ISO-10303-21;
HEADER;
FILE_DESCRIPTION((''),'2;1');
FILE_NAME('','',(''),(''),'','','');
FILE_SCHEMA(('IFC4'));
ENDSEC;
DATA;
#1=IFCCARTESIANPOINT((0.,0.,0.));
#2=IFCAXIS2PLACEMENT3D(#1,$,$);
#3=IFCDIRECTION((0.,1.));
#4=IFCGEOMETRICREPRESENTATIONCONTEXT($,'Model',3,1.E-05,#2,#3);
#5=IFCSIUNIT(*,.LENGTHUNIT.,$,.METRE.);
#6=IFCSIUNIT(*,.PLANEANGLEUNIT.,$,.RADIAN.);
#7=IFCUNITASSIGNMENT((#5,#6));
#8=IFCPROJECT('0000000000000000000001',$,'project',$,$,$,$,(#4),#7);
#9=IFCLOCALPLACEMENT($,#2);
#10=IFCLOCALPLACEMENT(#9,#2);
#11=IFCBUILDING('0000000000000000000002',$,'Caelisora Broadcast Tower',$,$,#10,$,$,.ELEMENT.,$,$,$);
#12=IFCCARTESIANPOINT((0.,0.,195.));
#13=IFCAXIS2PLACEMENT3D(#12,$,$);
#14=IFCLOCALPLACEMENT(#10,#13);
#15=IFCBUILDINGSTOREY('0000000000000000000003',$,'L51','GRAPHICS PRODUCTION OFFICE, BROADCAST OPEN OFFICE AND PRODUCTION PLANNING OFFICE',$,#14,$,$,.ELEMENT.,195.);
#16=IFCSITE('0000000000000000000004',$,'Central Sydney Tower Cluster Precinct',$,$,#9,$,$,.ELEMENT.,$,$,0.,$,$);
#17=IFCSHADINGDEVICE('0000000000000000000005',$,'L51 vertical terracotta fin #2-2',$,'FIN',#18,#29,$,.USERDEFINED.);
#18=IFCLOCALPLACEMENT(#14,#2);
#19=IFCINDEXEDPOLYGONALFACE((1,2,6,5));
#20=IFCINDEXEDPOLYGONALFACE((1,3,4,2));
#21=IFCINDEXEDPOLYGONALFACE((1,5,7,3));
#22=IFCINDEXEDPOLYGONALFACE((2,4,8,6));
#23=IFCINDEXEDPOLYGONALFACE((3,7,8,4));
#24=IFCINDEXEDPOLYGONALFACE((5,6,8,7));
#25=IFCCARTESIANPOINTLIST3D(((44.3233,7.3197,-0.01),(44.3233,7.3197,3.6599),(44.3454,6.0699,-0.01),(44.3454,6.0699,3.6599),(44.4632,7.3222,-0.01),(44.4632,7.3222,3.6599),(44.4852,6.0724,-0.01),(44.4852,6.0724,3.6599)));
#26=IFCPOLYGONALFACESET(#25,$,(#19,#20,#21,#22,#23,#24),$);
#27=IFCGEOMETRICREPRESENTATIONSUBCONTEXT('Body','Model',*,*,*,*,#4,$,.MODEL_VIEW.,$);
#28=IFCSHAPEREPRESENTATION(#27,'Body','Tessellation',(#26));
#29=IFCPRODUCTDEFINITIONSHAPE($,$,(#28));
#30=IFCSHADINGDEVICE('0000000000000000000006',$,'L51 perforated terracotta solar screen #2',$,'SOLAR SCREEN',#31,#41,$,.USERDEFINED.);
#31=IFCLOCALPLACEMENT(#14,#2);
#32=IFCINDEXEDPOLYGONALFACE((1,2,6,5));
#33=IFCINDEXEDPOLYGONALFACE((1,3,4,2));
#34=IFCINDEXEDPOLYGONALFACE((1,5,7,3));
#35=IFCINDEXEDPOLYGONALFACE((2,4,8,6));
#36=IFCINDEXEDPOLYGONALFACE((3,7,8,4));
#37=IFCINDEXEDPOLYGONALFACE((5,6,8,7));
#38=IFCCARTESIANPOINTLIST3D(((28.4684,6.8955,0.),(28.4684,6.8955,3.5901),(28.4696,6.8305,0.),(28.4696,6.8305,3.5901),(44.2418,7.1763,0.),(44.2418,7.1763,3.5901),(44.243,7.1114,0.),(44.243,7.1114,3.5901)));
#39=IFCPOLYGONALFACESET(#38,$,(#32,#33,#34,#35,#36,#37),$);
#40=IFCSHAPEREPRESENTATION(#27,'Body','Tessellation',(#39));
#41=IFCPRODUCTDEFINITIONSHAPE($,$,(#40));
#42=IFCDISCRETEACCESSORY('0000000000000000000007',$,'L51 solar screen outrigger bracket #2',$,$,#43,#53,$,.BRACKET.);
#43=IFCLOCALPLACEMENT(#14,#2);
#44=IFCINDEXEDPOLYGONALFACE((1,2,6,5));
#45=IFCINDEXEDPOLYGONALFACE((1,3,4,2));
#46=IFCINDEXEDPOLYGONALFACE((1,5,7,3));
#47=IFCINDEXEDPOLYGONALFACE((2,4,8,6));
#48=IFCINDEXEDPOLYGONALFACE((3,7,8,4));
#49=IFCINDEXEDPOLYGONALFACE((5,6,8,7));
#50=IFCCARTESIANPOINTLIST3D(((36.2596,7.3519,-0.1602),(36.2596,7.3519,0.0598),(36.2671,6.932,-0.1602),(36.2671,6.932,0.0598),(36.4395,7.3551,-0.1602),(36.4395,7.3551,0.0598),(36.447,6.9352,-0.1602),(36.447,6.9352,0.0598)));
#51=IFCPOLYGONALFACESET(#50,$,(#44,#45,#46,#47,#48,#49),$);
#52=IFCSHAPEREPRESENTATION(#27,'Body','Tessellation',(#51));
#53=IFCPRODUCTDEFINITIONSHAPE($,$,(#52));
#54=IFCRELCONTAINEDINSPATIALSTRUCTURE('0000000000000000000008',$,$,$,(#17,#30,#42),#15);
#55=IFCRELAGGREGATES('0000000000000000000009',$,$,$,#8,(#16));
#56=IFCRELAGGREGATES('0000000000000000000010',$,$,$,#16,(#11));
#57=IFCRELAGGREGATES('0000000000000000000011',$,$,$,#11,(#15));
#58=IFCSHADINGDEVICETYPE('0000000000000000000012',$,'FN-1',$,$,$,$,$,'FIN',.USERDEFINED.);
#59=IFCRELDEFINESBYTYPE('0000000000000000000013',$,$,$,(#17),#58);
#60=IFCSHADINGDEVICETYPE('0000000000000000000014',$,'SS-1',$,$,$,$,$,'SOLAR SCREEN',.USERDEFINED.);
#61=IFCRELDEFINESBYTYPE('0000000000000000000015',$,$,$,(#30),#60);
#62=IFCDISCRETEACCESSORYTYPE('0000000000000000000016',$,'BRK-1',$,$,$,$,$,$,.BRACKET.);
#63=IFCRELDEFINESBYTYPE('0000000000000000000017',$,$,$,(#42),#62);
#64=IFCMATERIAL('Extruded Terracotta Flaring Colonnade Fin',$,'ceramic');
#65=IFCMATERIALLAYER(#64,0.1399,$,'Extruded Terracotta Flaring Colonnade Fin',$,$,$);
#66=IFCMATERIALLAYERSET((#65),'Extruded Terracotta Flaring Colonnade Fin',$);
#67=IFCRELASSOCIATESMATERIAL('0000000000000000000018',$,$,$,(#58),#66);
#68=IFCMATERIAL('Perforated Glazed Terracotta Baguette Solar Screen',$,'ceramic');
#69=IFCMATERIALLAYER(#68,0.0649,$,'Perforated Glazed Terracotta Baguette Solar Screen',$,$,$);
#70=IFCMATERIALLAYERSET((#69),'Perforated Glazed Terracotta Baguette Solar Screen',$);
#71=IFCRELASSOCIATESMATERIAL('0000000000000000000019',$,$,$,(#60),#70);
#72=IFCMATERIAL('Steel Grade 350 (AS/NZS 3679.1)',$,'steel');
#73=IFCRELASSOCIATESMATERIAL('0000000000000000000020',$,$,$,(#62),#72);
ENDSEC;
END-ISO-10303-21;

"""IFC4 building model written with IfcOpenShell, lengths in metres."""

from ifc_helpers import new_model, si_unit, direction, frame, origin, origin_2d, place, context, subcontext, project, spatial, rectangle, extrude, source, transform, mapped, material, layer, layer_set, type_object, type_shapes, element, save


model = new_model("IFC4")

# Units and contexts
model_context = context("Model", 3, precision=1e-05, world=origin(), true_north=direction((0.0, 1.0)))
body_context = subcontext(model_context, "Body", "Model", "MODEL_VIEW")
ifc_project = project(units=[si_unit("LENGTHUNIT", "METRE"), si_unit("PLANEANGLEUNIT", "RADIAN")], contexts=[model_context])

# Site, building, storey
site_placement = place(None, origin())
site = spatial("IfcSite", under=ifc_project, at=site_placement, Name="Central Sydney Tower Cluster Precinct", CompositionType="ELEMENT", RefElevation=0.0)
building_placement = place(site_placement, origin())
building = spatial("IfcBuilding", under=site, at=building_placement, Name="Caelisora Broadcast Tower", CompositionType="ELEMENT")
storey_placement = place(building_placement, frame((0.0, 0.0, 195.0)))
storey = spatial("IfcBuildingStorey", under=building, at=storey_placement, Name="L51", Description="GRAPHICS PRODUCTION OFFICE, BROADCAST OPEN OFFICE AND PRODUCTION PLANNING OFFICE", CompositionType="ELEMENT", Elevation=195.0)

# Shared definitions
ifc_material_1 = material(Name="Steel Grade 350 (AS/NZS 3679.1)", Category="steel")

# Shading devices
ifc_material_2 = material(Name="Extruded Terracotta Flaring Colonnade Fin", Category="ceramic")
ifc_layer_1 = layer(ifc_material_2, 0.1399, Name="Extruded Terracotta Flaring Colonnade Fin")
ifc_layer_set_1 = layer_set([ifc_layer_1], Name="Extruded Terracotta Flaring Colonnade Fin")
shading_device_type_1 = type_object("IfcShadingDeviceType", Name="FN-1", ElementType="FIN", PredefinedType="USERDEFINED", material=ifc_layer_set_1)
shared_shape_1 = source(origin(), body_context, "Body", "SweptSolid", [
    extrude(rectangle(XDim=0.1399, YDim=1.25, at=origin_2d()), origin(), (0.0, 0.0, 1.0), 3.6699),
])
type_shapes(shading_device_type_1, [shared_shape_1])
shading_device_1_placement = place(storey_placement, frame((44.4043, 6.696, -0.01), z_axis=(0.0, 0.0, 1.0), x_axis=(-0.999845, -0.017627, 0.0)))
element("IfcShadingDevice", 1, at=shading_device_1_placement, inside=storey, type_object=shading_device_type_1, Name="L51 vertical terracotta fin #2-2", ObjectType="FIN", PredefinedType="USERDEFINED", context=body_context, shape_type="MappedRepresentation", body=[
    mapped(shared_shape_1, transform((0.0, 0.0, 0.0), scale=1.0)),
])
ifc_material_3 = material(Name="Perforated Glazed Terracotta Baguette Solar Screen", Category="ceramic")
ifc_layer_2 = layer(ifc_material_3, 0.0649, Name="Perforated Glazed Terracotta Baguette Solar Screen")
ifc_layer_set_2 = layer_set([ifc_layer_2], Name="Perforated Glazed Terracotta Baguette Solar Screen")
shading_device_type_2 = type_object("IfcShadingDeviceType", Name="SS-1", ElementType="SOLAR SCREEN", PredefinedType="USERDEFINED", material=ifc_layer_set_2)
shared_shape_2 = source(origin(), body_context, "Body", "SweptSolid", [
    extrude(rectangle(XDim=15.7759, YDim=0.0649, at=origin_2d()), origin(), (0.0, 0.0, 1.0), 3.5901),
])
type_shapes(shading_device_type_2, [shared_shape_2])
shading_device_2_placement = place(storey_placement, frame((36.3557, 7.0034, 0.0), z_axis=(0.0, 0.0, 1.0), x_axis=(0.999842, 0.017801, 0.0)))
element("IfcShadingDevice", 2, at=shading_device_2_placement, inside=storey, type_object=shading_device_type_2, Name="L51 perforated terracotta solar screen #2", ObjectType="SOLAR SCREEN", PredefinedType="USERDEFINED", context=body_context, shape_type="MappedRepresentation", body=[
    mapped(shared_shape_2, transform((0.0, 0.0, 0.0), scale=1.0)),
])

# Discrete accessory
discrete_accessory_type = type_object("IfcDiscreteAccessoryType", Name="BRK-1", PredefinedType="BRACKET", material=ifc_material_1)
shared_shape_3 = source(origin(), body_context, "Body", "SweptSolid", [
    extrude(rectangle(XDim=0.1799, YDim=0.4199, at=origin_2d()), origin(), (0.0, 0.0, 1.0), 0.22),
])
type_shapes(discrete_accessory_type, [shared_shape_3])
discrete_accessory_placement = place(storey_placement, frame((36.3533, 7.1436, -0.1602), z_axis=(0.0, 0.0, 1.0), x_axis=(0.999842, 0.017801, 0.0)))
element("IfcDiscreteAccessory", 3, at=discrete_accessory_placement, inside=storey, type_object=discrete_accessory_type, Name="L51 solar screen outrigger bracket #2", PredefinedType="BRACKET", context=body_context, shape_type="MappedRepresentation", body=[
    mapped(shared_shape_3, transform((0.0, 0.0, 0.0), scale=1.0)),
])

save(model, "model.ifc")
